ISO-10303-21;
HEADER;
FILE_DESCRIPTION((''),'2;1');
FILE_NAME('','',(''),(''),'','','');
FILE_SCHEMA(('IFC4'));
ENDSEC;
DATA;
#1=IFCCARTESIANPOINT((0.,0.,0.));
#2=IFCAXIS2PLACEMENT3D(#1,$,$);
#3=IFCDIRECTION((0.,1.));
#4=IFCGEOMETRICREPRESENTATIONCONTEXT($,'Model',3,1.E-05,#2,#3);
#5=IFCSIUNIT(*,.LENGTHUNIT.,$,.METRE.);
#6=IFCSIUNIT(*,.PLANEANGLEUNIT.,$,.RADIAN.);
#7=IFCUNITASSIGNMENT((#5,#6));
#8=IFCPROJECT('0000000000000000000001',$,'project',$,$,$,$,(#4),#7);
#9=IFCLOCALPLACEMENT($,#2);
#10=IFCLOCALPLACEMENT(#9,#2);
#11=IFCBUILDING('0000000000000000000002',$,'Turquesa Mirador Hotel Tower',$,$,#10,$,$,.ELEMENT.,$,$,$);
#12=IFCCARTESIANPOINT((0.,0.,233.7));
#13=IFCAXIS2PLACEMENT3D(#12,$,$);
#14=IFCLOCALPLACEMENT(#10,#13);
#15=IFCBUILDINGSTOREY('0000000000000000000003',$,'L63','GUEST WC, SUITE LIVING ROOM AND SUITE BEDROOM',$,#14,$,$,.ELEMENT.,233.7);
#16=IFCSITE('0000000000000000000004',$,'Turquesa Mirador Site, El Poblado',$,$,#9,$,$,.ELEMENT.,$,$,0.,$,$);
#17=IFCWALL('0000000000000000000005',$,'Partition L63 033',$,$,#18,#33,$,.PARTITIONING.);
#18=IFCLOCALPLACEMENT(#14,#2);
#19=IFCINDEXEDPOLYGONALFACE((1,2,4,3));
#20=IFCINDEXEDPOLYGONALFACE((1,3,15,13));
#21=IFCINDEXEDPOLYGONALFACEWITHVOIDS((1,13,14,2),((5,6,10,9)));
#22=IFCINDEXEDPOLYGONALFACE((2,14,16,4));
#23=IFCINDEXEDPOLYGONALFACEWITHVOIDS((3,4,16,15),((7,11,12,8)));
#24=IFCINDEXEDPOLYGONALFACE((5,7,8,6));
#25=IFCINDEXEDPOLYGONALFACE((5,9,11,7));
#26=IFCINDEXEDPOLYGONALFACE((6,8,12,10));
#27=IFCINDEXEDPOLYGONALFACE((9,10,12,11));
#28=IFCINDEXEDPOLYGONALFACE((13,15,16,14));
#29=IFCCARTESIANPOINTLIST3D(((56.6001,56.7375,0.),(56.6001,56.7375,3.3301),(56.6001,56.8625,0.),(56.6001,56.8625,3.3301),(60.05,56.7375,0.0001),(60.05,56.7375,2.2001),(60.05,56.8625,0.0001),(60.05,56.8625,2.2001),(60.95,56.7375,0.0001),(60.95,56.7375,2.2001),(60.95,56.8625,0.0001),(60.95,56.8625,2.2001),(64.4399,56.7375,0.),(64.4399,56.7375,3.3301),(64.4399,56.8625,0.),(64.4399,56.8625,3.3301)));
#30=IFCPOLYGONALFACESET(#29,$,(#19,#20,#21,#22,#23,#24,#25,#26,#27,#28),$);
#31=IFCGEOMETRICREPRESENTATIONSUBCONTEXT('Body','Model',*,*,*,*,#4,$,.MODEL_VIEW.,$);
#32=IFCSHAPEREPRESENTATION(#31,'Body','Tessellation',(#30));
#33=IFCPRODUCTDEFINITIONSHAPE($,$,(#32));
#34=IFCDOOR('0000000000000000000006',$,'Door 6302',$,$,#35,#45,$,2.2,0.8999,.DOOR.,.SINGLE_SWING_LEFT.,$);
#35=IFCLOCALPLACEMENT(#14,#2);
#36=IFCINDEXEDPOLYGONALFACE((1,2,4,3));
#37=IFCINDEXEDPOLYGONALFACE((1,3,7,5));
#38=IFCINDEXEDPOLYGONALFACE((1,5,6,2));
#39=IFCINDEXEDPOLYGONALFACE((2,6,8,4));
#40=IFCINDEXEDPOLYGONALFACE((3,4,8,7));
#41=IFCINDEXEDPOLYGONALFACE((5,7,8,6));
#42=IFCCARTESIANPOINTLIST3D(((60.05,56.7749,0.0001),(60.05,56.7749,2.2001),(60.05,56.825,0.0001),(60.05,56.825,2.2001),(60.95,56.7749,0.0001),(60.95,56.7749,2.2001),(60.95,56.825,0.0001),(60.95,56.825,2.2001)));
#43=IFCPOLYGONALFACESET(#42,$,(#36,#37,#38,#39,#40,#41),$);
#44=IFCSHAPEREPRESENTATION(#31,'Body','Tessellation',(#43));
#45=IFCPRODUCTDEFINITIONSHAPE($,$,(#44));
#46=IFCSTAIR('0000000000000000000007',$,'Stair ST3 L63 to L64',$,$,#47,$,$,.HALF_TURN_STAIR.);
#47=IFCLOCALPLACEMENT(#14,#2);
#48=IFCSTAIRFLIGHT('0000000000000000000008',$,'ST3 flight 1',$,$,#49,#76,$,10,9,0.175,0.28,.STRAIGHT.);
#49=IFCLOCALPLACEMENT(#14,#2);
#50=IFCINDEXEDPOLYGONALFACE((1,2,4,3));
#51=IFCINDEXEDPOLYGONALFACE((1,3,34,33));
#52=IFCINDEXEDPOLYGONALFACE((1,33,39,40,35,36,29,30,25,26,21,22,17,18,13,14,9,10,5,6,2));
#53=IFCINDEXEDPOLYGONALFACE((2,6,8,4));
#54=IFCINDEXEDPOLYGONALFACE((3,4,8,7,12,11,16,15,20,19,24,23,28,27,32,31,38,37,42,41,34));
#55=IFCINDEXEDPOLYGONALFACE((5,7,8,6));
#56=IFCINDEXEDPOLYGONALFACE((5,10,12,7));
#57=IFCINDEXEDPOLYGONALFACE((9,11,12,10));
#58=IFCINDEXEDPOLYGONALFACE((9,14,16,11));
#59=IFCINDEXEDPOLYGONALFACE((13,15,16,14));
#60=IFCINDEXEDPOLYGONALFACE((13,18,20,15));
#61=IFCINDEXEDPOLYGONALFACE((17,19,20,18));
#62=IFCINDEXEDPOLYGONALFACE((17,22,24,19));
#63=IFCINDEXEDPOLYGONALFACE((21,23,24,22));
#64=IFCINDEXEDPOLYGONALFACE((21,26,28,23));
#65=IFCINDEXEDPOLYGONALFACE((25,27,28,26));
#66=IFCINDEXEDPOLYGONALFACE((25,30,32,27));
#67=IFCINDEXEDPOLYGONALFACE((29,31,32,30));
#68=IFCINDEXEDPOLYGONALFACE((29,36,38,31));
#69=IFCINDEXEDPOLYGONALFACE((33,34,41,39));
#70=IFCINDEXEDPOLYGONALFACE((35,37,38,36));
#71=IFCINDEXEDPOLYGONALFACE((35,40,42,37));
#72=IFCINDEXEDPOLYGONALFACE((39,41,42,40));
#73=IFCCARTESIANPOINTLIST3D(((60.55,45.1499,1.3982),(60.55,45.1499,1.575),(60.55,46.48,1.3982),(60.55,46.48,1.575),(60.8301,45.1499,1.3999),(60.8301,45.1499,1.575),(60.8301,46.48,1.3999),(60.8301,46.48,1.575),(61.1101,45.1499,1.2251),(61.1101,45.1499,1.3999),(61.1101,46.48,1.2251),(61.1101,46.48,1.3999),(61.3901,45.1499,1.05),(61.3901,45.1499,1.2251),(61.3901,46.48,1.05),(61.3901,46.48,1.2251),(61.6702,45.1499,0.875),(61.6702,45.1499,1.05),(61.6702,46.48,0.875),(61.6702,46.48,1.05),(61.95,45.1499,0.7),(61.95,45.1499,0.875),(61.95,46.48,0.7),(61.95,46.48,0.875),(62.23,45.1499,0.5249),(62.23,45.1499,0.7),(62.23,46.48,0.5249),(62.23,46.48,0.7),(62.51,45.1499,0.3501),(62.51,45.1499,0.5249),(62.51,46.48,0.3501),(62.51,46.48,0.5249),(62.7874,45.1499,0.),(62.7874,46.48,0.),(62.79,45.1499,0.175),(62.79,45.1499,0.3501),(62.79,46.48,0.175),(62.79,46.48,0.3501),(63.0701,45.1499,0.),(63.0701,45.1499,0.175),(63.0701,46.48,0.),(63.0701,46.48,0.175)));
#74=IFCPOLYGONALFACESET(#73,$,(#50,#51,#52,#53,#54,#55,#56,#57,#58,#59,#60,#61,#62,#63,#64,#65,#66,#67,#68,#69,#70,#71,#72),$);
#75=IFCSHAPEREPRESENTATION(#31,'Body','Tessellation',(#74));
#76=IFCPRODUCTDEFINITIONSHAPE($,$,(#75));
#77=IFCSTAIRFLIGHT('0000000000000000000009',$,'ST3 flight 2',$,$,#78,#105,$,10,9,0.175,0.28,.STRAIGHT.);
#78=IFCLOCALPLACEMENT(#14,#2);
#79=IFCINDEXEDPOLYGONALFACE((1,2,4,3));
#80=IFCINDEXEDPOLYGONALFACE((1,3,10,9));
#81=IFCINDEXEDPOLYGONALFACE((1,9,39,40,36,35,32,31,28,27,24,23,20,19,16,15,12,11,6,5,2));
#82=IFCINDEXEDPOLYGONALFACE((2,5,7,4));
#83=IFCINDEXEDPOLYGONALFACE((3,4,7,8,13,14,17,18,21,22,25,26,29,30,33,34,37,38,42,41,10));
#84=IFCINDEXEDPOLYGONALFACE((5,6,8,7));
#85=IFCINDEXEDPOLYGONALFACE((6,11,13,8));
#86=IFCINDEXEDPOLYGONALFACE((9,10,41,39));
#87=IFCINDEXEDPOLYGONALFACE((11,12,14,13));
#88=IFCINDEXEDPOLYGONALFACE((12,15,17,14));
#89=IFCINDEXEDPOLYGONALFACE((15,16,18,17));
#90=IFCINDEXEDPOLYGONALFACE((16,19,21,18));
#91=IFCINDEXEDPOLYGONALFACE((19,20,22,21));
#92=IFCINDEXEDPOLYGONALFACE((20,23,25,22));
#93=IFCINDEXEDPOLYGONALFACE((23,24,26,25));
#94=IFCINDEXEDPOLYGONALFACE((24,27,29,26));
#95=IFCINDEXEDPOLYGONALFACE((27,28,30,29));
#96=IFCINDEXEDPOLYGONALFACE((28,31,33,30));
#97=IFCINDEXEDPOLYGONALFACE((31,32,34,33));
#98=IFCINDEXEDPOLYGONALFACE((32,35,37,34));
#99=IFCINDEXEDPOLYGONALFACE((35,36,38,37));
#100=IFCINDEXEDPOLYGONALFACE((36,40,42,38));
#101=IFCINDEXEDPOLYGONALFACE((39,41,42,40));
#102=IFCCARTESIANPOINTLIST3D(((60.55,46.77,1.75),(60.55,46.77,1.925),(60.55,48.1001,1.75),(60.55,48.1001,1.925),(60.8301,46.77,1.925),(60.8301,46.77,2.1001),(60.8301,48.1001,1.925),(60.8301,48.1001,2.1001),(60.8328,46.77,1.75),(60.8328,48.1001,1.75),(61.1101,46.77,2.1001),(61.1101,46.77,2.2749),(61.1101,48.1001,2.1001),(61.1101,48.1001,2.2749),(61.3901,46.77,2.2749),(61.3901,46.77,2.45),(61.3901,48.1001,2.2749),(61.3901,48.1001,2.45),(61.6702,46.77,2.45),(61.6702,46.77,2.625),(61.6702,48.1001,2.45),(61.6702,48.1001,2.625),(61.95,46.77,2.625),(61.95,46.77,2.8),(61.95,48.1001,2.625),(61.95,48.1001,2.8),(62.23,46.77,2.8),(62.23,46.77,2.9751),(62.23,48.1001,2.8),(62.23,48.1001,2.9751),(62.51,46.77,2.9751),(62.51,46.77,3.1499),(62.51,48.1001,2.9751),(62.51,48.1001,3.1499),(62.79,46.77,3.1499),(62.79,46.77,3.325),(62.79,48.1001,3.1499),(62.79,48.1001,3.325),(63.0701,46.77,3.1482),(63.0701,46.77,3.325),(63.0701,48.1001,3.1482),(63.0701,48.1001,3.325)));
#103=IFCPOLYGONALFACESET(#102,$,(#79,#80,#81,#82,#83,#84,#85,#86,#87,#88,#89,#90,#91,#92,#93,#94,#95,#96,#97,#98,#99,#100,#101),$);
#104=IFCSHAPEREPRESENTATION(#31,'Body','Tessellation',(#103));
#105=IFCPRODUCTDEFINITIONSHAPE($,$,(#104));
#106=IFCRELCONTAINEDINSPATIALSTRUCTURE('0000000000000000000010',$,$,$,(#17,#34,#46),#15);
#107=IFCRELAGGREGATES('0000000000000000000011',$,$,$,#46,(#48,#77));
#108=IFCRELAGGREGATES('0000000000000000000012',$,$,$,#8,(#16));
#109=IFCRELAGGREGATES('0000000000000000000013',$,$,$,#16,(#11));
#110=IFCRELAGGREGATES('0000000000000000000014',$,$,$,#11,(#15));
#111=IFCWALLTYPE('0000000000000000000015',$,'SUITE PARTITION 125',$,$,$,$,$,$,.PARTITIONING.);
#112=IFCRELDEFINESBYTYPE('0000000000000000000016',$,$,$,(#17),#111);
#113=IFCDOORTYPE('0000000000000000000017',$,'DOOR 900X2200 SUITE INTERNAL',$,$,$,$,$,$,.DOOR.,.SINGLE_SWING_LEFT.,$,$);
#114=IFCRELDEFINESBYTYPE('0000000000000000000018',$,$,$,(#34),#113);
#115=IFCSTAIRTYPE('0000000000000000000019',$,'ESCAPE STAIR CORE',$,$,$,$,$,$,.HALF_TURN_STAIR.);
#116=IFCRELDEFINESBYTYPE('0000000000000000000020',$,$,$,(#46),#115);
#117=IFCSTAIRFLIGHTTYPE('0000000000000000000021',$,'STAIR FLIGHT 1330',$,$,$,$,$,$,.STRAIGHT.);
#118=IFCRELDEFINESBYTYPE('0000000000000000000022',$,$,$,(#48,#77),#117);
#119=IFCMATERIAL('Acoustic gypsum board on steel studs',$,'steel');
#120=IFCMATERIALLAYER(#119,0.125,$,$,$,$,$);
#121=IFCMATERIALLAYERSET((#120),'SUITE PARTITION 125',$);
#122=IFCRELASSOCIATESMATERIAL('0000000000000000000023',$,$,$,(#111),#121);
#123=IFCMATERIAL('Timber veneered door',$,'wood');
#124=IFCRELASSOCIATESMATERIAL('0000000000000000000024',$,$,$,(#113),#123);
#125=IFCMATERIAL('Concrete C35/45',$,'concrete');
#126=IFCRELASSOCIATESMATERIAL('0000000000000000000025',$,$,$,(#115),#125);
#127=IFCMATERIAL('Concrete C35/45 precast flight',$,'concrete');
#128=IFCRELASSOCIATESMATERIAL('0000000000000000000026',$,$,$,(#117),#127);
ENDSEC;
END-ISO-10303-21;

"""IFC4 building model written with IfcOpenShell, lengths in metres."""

from ifc_helpers import new_model, si_unit, direction, frame, frame_2d, origin, place, context, subcontext, project, spatial, polyline, rectangle, outline, extrude, material, layer, layer_set, type_object, element, fill, aggregate, save


model = new_model("IFC4")

# Units and contexts
model_context = context("Model", 3, precision=1e-05, world=origin(), true_north=direction((0.0, 1.0)))
body_context = subcontext(model_context, "Body", "Model", "MODEL_VIEW")
ifc_project = project(units=[si_unit("LENGTHUNIT", "METRE"), si_unit("PLANEANGLEUNIT", "RADIAN")], contexts=[model_context])

# Site, building, storey
site_placement = place(None, origin())
site = spatial("IfcSite", under=ifc_project, at=site_placement, Name="Turquesa Mirador Site, El Poblado", CompositionType="ELEMENT", RefElevation=0.0)
building_placement = place(site_placement, origin())
building = spatial("IfcBuilding", under=site, at=building_placement, Name="Turquesa Mirador Hotel Tower", CompositionType="ELEMENT")
storey_placement = place(building_placement, frame((0.0, 0.0, 233.7)))
storey = spatial("IfcBuildingStorey", under=building, at=storey_placement, Name="L63", Description="GUEST WC, SUITE LIVING ROOM AND SUITE BEDROOM", CompositionType="ELEMENT", Elevation=233.7)

# Wall, opening, door
ifc_material_1 = material(Name="Acoustic gypsum board on steel studs", Category="steel")
ifc_layer_1 = layer(ifc_material_1, 0.125)
ifc_layer_set_1 = layer_set([ifc_layer_1], Name="SUITE PARTITION 125")
wall_type_1 = type_object("IfcWallType", Name="SUITE PARTITION 125", PredefinedType="PARTITIONING", material=ifc_layer_set_1)
wall_1_placement = place(storey_placement, frame((56.6001, 56.8, 0.0), z_axis=(0.0, 0.0, 1.0), x_axis=(1.0, 0.0, 0.0)))
wall_1 = element("IfcWall", 1, at=wall_1_placement, inside=storey, type_object=wall_type_1, Name="Partition L63 033", PredefinedType="PARTITIONING", context=body_context, shape_type="SweptSolid", body=[
    extrude(rectangle(XDim=7.8398, YDim=0.125, at=frame_2d((3.9199, 0.0))), origin(), (0.0, 0.0, 1.0), 3.3301),
])
opening_1_placement = place(wall_1_placement, frame((3.45, 0.0, 0.0)))
opening_1 = element("IfcOpeningElement", 2, at=opening_1_placement, cuts=wall_1, PredefinedType="OPENING", context=body_context, shape_type="SweptSolid", body=[
    extrude(rectangle(XDim=0.8999, YDim=2.2, at=frame_2d((0.45, 1.1001))), frame((0.0, 0.0725, 0.0), z_axis=(0.0, -1.0, 0.0), x_axis=(1.0, 0.0, 0.0)), (0.0, 0.0, 1.0), 0.145),
])
ifc_material_2 = material(Name="Timber veneered door", Category="wood")
door_type_1 = type_object("IfcDoorType", Name="DOOR 900X2200 SUITE INTERNAL", OperationType="SINGLE_SWING_LEFT", PredefinedType="DOOR", material=ifc_material_2)
door_1_placement = place(opening_1_placement, origin())
door_1 = element("IfcDoor", 3, at=door_1_placement, inside=storey, type_object=door_type_1, Name="Door 6302", OperationType="SINGLE_SWING_LEFT", OverallHeight=2.2, OverallWidth=0.8999, PredefinedType="DOOR", context=body_context, shape_type="SweptSolid", body=[
    extrude(rectangle(XDim=0.8999, YDim=2.2, at=frame_2d((0.45, 1.1001))), frame((0.0, 0.0249, 0.0), z_axis=(0.0, -1.0, 0.0), x_axis=(1.0, 0.0, 0.0)), (0.0, 0.0, 1.0), 0.05),
])
fill(opening_1, door_1)

# Stair, stair flights
ifc_material_3 = material(Name="Concrete C35/45", Category="concrete")
stair_type = type_object("IfcStairType", Name="ESCAPE STAIR CORE", PredefinedType="HALF_TURN_STAIR", material=ifc_material_3)
stair_placement = place(storey_placement, origin())
stair = element("IfcStair", 4, at=stair_placement, inside=storey, type_object=stair_type, Name="Stair ST3 L63 to L64", PredefinedType="HALF_TURN_STAIR")
ifc_material_4 = material(Name="Concrete C35/45 precast flight", Category="concrete")
stair_flight_type = type_object("IfcStairFlightType", Name="STAIR FLIGHT 1330", PredefinedType="STRAIGHT", material=ifc_material_4)
stair_flight_1_placement = place(storey_placement, frame((63.0701, 45.8149, 0.0), z_axis=(0.0, 0.0, 1.0), x_axis=(-1.0, 0.0, 0.0)))
stair_flight_1 = element("IfcStairFlight", 5, at=stair_flight_1_placement, type_object=stair_flight_type, Name="ST3 flight 1", NumberOfRisers=10, NumberOfTreads=9, PredefinedType="STRAIGHT", RiserHeight=0.175, TreadLength=0.28, context=body_context, shape_type="SweptSolid", body=[
    extrude(outline(polyline([(0.0, 0.0), (0.0, 0.175), (0.28, 0.175), (0.28, 0.3501), (0.5601, 0.3501), (0.5601, 0.5249), (0.8401, 0.5249), (0.8401, 0.7), (1.1201, 0.7), (1.1201, 0.875), (1.3999, 0.875), (1.3999, 1.05), (1.6799, 1.05), (1.6799, 1.2251), (1.96, 1.2251), (1.96, 1.3999), (2.24, 1.3999), (2.24, 1.575), (2.52, 1.575), (2.52, 1.75), (2.52, 1.3982), (0.2827, 0.0), (0.0, 0.0)])), frame((0.0, 0.665, 0.0), z_axis=(0.0, -1.0, 0.0), x_axis=(1.0, 0.0, 0.0)), (0.0, 0.0, 1.0), 1.3301),
])
stair_flight_2_placement = place(storey_placement, frame((60.55, 47.4351, 1.75), z_axis=(0.0, 0.0, 1.0), x_axis=(1.0, 0.0, 0.0)))
stair_flight_2 = element("IfcStairFlight", 6, at=stair_flight_2_placement, type_object=stair_flight_type, Name="ST3 flight 2", NumberOfRisers=10, NumberOfTreads=9, PredefinedType="STRAIGHT", RiserHeight=0.175, TreadLength=0.28, context=body_context, shape_type="SweptSolid", body=[
    extrude(outline(polyline([(0.0, 0.0), (0.0, 0.175), (0.28, 0.175), (0.28, 0.3501), (0.5601, 0.3501), (0.5601, 0.5249), (0.8401, 0.5249), (0.8401, 0.7), (1.1201, 0.7), (1.1201, 0.875), (1.3999, 0.875), (1.3999, 1.05), (1.6799, 1.05), (1.6799, 1.2251), (1.96, 1.2251), (1.96, 1.3999), (2.24, 1.3999), (2.24, 1.575), (2.52, 1.575), (2.52, 1.75), (2.52, 1.3982), (0.2827, 0.0), (0.0, 0.0)])), frame((0.0, 0.665, 0.0), z_axis=(0.0, -1.0, 0.0), x_axis=(1.0, 0.0, 0.0)), (0.0, 0.0, 1.0), 1.3301),
])
aggregate(stair, [stair_flight_1, stair_flight_2])

save(model, "model.ifc")
